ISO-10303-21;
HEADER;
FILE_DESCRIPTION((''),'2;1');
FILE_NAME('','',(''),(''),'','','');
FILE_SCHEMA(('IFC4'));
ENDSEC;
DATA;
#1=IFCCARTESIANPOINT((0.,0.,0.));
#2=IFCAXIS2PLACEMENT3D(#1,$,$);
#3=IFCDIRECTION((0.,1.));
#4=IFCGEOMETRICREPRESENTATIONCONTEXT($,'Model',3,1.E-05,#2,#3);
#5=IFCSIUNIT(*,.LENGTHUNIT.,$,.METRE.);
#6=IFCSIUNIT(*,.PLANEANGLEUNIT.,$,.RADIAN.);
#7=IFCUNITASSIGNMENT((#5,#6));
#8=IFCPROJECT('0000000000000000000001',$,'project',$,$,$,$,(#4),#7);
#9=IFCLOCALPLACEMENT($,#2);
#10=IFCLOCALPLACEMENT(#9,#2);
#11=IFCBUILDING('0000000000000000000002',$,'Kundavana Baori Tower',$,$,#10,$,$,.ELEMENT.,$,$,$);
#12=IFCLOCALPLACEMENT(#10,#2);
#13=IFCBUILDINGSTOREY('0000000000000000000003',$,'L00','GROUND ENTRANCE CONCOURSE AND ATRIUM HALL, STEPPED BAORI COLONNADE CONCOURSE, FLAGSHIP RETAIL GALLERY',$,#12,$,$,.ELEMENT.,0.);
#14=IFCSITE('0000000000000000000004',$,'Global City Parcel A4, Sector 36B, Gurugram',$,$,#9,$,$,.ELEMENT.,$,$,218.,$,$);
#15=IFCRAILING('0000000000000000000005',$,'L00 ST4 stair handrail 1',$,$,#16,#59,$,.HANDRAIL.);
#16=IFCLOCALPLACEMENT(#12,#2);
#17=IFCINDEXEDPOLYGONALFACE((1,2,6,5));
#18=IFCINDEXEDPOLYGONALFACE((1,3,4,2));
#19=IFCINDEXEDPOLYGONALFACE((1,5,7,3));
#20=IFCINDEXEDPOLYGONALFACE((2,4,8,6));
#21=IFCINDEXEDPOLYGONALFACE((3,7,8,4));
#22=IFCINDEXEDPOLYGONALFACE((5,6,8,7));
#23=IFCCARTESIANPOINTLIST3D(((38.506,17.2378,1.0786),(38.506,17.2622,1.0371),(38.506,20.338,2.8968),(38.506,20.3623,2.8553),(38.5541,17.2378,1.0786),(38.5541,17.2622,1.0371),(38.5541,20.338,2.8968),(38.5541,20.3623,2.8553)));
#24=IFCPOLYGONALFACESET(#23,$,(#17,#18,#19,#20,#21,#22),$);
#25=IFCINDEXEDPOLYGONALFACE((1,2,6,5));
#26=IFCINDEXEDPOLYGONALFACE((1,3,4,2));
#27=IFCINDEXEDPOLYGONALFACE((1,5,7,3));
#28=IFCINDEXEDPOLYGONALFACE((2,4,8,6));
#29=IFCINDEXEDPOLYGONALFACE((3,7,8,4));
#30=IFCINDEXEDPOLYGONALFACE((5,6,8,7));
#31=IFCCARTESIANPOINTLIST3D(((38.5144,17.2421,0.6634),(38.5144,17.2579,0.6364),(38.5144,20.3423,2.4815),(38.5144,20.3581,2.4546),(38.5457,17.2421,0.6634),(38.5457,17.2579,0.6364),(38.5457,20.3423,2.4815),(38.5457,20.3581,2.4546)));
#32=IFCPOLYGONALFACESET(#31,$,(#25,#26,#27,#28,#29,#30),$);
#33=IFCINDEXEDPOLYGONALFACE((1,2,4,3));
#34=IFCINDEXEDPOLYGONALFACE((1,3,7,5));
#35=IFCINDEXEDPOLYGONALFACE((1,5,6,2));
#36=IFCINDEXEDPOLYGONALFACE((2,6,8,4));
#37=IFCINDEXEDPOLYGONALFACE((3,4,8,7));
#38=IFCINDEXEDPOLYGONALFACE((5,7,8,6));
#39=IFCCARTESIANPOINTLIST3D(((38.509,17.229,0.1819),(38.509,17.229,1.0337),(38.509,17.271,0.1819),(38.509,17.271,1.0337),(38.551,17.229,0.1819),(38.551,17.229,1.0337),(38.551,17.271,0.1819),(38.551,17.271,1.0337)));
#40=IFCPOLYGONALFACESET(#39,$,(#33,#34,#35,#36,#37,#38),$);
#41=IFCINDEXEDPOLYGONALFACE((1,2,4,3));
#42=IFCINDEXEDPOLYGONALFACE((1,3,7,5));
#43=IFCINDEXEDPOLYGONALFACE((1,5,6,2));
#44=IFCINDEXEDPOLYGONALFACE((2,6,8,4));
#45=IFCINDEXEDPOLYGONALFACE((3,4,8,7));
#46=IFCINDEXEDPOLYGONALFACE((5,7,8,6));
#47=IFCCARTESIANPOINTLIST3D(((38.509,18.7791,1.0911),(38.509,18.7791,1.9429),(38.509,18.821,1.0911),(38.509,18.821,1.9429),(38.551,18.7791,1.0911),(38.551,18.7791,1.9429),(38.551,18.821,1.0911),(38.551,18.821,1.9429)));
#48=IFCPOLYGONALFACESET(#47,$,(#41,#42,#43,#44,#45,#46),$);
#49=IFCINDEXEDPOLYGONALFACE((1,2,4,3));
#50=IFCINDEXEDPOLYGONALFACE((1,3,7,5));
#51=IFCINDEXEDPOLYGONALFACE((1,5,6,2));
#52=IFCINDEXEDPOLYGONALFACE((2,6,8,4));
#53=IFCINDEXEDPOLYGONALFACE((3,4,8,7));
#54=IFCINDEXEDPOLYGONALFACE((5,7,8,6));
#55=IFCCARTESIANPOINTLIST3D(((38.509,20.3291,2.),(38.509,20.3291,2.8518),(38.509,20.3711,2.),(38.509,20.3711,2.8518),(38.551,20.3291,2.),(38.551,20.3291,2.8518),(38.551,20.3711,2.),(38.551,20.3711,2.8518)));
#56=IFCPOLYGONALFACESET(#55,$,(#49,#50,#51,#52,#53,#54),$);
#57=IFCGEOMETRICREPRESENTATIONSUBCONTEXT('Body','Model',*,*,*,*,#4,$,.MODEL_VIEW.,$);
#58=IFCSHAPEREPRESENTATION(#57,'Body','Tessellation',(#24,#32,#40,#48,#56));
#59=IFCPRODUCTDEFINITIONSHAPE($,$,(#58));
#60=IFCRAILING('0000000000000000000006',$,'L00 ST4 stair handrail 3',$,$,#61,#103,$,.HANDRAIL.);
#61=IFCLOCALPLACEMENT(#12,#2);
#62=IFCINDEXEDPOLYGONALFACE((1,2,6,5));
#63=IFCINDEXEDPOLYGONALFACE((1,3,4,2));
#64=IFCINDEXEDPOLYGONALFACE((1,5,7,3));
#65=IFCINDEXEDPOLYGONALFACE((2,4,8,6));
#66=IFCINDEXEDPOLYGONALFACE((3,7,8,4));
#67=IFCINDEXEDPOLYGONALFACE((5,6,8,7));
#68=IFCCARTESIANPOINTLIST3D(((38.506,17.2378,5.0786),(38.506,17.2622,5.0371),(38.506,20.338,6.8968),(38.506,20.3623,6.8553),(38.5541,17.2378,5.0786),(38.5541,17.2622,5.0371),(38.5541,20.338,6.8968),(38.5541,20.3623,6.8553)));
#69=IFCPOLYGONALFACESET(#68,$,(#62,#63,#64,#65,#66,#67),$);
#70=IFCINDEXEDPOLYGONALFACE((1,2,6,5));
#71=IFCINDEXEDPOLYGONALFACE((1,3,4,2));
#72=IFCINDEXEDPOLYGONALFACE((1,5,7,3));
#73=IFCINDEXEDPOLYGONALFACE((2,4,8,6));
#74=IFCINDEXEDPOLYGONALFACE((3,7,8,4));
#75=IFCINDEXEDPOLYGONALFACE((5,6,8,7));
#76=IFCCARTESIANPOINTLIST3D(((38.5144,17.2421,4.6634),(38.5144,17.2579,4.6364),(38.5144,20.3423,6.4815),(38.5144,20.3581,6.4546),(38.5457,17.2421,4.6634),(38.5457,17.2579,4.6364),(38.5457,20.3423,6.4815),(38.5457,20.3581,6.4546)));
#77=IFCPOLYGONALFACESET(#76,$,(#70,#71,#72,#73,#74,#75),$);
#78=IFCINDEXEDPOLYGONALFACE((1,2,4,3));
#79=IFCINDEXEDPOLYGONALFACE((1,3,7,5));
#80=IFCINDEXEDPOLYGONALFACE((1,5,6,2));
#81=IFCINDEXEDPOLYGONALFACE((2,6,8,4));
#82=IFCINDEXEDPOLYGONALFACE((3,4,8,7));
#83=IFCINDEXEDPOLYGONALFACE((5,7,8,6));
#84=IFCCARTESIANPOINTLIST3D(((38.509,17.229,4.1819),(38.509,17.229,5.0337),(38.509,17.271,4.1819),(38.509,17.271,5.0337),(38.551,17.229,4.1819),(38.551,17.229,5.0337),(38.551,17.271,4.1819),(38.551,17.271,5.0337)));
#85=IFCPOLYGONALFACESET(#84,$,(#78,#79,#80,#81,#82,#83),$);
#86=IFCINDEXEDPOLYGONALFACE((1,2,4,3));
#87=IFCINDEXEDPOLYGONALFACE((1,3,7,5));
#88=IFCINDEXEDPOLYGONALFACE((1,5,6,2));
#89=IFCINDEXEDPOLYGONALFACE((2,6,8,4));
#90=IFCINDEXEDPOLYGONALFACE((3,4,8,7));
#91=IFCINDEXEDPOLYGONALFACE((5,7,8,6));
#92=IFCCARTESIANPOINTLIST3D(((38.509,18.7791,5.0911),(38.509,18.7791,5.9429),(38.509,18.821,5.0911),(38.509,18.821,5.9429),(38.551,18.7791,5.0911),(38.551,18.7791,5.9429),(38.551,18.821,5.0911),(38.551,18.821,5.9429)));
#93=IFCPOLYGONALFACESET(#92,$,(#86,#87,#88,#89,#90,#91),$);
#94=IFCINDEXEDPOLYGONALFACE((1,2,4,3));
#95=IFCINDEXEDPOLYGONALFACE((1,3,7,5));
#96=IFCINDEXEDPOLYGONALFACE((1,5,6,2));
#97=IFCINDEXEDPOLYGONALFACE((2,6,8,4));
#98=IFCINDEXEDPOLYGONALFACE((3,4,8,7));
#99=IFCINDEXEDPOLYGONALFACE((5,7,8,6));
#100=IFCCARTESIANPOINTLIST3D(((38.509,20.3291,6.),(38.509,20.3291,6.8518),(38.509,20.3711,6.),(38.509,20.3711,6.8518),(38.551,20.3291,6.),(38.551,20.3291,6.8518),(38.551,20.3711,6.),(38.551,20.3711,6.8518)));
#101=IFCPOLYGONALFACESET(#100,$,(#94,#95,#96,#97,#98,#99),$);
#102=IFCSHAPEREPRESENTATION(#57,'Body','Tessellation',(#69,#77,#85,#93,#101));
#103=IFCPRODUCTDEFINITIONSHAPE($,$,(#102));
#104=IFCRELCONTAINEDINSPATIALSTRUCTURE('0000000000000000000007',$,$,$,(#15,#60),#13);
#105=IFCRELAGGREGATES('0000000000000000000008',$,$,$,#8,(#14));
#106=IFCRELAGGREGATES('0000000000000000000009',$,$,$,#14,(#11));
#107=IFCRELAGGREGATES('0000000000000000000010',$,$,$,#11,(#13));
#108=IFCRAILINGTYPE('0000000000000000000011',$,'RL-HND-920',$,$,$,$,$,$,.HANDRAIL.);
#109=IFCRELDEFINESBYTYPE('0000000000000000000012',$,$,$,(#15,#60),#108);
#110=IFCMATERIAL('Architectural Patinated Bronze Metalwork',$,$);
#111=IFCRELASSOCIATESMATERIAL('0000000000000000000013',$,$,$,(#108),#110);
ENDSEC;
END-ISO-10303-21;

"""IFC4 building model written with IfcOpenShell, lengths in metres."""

from ifc_helpers import new_model, si_unit, direction, frame, origin, origin_2d, place, context, subcontext, project, spatial, rectangle, extrude, material, type_object, element, save


model = new_model("IFC4")

# Units and contexts
model_context = context("Model", 3, precision=1e-05, world=origin(), true_north=direction((0.0, 1.0)))
body_context = subcontext(model_context, "Body", "Model", "MODEL_VIEW")
ifc_project = project(units=[si_unit("LENGTHUNIT", "METRE"), si_unit("PLANEANGLEUNIT", "RADIAN")], contexts=[model_context])

# Site, building, storey
site_placement = place(None, origin())
site = spatial("IfcSite", under=ifc_project, at=site_placement, Name="Global City Parcel A4, Sector 36B, Gurugram", CompositionType="ELEMENT", RefElevation=218.0)
building_placement = place(site_placement, origin())
building = spatial("IfcBuilding", under=site, at=building_placement, Name="Kundavana Baori Tower", CompositionType="ELEMENT")
storey_placement = place(building_placement, origin())
storey = spatial("IfcBuildingStorey", under=building, at=storey_placement, Name="L00", Description="GROUND ENTRANCE CONCOURSE AND ATRIUM HALL, STEPPED BAORI COLONNADE CONCOURSE, FLAGSHIP RETAIL GALLERY", CompositionType="ELEMENT", Elevation=0.0)

# Railings
ifc_material_1 = material(Name="Architectural Patinated Bronze Metalwork")
railing_type = type_object("IfcRailingType", Name="RL-HND-920", PredefinedType="HANDRAIL", material=ifc_material_1)
for number, where, name in (
    (1, (38.53, 17.25, 0.1819), "L00 ST4 stair handrail 1"),
    (2, (38.53, 17.25, 4.1819), "L00 ST4 stair handrail 3"),
):
    element("IfcRailing", number, at=place(storey_placement, frame(where)), inside=storey, type_object=railing_type, Name=name, PredefinedType="HANDRAIL", context=body_context, shape_type="SweptSolid", body=[
        extrude(rectangle(XDim=0.0481, YDim=0.0481, at=origin_2d()), frame((0.0, 0.0, 0.876), z_axis=(0.0, 0.862599, 0.505889), x_axis=(-1.0, 0.0, 0.0)), (0.0, 0.0, 1.0), 3.594),
        extrude(rectangle(XDim=0.0312, YDim=0.0312, at=origin_2d()), frame((0.0, 0.0, 0.468), z_axis=(0.0, 0.862599, 0.505889), x_axis=(-1.0, 0.0, 0.0)), (0.0, 0.0, 1.0), 3.594),
        extrude(rectangle(XDim=0.042, YDim=0.042, at=origin_2d()), origin(), (0.0, 0.0, 1.0), 0.8518),
        extrude(rectangle(XDim=0.042, YDim=0.042, at=origin_2d()), frame((0.0, 1.55, 0.9092)), (0.0, 0.0, 1.0), 0.8518),
        extrude(rectangle(XDim=0.042, YDim=0.042, at=origin_2d()), frame((0.0, 3.1001, 1.8181)), (0.0, 0.0, 1.0), 0.8518),
    ])

save(model, "model.ifc")
